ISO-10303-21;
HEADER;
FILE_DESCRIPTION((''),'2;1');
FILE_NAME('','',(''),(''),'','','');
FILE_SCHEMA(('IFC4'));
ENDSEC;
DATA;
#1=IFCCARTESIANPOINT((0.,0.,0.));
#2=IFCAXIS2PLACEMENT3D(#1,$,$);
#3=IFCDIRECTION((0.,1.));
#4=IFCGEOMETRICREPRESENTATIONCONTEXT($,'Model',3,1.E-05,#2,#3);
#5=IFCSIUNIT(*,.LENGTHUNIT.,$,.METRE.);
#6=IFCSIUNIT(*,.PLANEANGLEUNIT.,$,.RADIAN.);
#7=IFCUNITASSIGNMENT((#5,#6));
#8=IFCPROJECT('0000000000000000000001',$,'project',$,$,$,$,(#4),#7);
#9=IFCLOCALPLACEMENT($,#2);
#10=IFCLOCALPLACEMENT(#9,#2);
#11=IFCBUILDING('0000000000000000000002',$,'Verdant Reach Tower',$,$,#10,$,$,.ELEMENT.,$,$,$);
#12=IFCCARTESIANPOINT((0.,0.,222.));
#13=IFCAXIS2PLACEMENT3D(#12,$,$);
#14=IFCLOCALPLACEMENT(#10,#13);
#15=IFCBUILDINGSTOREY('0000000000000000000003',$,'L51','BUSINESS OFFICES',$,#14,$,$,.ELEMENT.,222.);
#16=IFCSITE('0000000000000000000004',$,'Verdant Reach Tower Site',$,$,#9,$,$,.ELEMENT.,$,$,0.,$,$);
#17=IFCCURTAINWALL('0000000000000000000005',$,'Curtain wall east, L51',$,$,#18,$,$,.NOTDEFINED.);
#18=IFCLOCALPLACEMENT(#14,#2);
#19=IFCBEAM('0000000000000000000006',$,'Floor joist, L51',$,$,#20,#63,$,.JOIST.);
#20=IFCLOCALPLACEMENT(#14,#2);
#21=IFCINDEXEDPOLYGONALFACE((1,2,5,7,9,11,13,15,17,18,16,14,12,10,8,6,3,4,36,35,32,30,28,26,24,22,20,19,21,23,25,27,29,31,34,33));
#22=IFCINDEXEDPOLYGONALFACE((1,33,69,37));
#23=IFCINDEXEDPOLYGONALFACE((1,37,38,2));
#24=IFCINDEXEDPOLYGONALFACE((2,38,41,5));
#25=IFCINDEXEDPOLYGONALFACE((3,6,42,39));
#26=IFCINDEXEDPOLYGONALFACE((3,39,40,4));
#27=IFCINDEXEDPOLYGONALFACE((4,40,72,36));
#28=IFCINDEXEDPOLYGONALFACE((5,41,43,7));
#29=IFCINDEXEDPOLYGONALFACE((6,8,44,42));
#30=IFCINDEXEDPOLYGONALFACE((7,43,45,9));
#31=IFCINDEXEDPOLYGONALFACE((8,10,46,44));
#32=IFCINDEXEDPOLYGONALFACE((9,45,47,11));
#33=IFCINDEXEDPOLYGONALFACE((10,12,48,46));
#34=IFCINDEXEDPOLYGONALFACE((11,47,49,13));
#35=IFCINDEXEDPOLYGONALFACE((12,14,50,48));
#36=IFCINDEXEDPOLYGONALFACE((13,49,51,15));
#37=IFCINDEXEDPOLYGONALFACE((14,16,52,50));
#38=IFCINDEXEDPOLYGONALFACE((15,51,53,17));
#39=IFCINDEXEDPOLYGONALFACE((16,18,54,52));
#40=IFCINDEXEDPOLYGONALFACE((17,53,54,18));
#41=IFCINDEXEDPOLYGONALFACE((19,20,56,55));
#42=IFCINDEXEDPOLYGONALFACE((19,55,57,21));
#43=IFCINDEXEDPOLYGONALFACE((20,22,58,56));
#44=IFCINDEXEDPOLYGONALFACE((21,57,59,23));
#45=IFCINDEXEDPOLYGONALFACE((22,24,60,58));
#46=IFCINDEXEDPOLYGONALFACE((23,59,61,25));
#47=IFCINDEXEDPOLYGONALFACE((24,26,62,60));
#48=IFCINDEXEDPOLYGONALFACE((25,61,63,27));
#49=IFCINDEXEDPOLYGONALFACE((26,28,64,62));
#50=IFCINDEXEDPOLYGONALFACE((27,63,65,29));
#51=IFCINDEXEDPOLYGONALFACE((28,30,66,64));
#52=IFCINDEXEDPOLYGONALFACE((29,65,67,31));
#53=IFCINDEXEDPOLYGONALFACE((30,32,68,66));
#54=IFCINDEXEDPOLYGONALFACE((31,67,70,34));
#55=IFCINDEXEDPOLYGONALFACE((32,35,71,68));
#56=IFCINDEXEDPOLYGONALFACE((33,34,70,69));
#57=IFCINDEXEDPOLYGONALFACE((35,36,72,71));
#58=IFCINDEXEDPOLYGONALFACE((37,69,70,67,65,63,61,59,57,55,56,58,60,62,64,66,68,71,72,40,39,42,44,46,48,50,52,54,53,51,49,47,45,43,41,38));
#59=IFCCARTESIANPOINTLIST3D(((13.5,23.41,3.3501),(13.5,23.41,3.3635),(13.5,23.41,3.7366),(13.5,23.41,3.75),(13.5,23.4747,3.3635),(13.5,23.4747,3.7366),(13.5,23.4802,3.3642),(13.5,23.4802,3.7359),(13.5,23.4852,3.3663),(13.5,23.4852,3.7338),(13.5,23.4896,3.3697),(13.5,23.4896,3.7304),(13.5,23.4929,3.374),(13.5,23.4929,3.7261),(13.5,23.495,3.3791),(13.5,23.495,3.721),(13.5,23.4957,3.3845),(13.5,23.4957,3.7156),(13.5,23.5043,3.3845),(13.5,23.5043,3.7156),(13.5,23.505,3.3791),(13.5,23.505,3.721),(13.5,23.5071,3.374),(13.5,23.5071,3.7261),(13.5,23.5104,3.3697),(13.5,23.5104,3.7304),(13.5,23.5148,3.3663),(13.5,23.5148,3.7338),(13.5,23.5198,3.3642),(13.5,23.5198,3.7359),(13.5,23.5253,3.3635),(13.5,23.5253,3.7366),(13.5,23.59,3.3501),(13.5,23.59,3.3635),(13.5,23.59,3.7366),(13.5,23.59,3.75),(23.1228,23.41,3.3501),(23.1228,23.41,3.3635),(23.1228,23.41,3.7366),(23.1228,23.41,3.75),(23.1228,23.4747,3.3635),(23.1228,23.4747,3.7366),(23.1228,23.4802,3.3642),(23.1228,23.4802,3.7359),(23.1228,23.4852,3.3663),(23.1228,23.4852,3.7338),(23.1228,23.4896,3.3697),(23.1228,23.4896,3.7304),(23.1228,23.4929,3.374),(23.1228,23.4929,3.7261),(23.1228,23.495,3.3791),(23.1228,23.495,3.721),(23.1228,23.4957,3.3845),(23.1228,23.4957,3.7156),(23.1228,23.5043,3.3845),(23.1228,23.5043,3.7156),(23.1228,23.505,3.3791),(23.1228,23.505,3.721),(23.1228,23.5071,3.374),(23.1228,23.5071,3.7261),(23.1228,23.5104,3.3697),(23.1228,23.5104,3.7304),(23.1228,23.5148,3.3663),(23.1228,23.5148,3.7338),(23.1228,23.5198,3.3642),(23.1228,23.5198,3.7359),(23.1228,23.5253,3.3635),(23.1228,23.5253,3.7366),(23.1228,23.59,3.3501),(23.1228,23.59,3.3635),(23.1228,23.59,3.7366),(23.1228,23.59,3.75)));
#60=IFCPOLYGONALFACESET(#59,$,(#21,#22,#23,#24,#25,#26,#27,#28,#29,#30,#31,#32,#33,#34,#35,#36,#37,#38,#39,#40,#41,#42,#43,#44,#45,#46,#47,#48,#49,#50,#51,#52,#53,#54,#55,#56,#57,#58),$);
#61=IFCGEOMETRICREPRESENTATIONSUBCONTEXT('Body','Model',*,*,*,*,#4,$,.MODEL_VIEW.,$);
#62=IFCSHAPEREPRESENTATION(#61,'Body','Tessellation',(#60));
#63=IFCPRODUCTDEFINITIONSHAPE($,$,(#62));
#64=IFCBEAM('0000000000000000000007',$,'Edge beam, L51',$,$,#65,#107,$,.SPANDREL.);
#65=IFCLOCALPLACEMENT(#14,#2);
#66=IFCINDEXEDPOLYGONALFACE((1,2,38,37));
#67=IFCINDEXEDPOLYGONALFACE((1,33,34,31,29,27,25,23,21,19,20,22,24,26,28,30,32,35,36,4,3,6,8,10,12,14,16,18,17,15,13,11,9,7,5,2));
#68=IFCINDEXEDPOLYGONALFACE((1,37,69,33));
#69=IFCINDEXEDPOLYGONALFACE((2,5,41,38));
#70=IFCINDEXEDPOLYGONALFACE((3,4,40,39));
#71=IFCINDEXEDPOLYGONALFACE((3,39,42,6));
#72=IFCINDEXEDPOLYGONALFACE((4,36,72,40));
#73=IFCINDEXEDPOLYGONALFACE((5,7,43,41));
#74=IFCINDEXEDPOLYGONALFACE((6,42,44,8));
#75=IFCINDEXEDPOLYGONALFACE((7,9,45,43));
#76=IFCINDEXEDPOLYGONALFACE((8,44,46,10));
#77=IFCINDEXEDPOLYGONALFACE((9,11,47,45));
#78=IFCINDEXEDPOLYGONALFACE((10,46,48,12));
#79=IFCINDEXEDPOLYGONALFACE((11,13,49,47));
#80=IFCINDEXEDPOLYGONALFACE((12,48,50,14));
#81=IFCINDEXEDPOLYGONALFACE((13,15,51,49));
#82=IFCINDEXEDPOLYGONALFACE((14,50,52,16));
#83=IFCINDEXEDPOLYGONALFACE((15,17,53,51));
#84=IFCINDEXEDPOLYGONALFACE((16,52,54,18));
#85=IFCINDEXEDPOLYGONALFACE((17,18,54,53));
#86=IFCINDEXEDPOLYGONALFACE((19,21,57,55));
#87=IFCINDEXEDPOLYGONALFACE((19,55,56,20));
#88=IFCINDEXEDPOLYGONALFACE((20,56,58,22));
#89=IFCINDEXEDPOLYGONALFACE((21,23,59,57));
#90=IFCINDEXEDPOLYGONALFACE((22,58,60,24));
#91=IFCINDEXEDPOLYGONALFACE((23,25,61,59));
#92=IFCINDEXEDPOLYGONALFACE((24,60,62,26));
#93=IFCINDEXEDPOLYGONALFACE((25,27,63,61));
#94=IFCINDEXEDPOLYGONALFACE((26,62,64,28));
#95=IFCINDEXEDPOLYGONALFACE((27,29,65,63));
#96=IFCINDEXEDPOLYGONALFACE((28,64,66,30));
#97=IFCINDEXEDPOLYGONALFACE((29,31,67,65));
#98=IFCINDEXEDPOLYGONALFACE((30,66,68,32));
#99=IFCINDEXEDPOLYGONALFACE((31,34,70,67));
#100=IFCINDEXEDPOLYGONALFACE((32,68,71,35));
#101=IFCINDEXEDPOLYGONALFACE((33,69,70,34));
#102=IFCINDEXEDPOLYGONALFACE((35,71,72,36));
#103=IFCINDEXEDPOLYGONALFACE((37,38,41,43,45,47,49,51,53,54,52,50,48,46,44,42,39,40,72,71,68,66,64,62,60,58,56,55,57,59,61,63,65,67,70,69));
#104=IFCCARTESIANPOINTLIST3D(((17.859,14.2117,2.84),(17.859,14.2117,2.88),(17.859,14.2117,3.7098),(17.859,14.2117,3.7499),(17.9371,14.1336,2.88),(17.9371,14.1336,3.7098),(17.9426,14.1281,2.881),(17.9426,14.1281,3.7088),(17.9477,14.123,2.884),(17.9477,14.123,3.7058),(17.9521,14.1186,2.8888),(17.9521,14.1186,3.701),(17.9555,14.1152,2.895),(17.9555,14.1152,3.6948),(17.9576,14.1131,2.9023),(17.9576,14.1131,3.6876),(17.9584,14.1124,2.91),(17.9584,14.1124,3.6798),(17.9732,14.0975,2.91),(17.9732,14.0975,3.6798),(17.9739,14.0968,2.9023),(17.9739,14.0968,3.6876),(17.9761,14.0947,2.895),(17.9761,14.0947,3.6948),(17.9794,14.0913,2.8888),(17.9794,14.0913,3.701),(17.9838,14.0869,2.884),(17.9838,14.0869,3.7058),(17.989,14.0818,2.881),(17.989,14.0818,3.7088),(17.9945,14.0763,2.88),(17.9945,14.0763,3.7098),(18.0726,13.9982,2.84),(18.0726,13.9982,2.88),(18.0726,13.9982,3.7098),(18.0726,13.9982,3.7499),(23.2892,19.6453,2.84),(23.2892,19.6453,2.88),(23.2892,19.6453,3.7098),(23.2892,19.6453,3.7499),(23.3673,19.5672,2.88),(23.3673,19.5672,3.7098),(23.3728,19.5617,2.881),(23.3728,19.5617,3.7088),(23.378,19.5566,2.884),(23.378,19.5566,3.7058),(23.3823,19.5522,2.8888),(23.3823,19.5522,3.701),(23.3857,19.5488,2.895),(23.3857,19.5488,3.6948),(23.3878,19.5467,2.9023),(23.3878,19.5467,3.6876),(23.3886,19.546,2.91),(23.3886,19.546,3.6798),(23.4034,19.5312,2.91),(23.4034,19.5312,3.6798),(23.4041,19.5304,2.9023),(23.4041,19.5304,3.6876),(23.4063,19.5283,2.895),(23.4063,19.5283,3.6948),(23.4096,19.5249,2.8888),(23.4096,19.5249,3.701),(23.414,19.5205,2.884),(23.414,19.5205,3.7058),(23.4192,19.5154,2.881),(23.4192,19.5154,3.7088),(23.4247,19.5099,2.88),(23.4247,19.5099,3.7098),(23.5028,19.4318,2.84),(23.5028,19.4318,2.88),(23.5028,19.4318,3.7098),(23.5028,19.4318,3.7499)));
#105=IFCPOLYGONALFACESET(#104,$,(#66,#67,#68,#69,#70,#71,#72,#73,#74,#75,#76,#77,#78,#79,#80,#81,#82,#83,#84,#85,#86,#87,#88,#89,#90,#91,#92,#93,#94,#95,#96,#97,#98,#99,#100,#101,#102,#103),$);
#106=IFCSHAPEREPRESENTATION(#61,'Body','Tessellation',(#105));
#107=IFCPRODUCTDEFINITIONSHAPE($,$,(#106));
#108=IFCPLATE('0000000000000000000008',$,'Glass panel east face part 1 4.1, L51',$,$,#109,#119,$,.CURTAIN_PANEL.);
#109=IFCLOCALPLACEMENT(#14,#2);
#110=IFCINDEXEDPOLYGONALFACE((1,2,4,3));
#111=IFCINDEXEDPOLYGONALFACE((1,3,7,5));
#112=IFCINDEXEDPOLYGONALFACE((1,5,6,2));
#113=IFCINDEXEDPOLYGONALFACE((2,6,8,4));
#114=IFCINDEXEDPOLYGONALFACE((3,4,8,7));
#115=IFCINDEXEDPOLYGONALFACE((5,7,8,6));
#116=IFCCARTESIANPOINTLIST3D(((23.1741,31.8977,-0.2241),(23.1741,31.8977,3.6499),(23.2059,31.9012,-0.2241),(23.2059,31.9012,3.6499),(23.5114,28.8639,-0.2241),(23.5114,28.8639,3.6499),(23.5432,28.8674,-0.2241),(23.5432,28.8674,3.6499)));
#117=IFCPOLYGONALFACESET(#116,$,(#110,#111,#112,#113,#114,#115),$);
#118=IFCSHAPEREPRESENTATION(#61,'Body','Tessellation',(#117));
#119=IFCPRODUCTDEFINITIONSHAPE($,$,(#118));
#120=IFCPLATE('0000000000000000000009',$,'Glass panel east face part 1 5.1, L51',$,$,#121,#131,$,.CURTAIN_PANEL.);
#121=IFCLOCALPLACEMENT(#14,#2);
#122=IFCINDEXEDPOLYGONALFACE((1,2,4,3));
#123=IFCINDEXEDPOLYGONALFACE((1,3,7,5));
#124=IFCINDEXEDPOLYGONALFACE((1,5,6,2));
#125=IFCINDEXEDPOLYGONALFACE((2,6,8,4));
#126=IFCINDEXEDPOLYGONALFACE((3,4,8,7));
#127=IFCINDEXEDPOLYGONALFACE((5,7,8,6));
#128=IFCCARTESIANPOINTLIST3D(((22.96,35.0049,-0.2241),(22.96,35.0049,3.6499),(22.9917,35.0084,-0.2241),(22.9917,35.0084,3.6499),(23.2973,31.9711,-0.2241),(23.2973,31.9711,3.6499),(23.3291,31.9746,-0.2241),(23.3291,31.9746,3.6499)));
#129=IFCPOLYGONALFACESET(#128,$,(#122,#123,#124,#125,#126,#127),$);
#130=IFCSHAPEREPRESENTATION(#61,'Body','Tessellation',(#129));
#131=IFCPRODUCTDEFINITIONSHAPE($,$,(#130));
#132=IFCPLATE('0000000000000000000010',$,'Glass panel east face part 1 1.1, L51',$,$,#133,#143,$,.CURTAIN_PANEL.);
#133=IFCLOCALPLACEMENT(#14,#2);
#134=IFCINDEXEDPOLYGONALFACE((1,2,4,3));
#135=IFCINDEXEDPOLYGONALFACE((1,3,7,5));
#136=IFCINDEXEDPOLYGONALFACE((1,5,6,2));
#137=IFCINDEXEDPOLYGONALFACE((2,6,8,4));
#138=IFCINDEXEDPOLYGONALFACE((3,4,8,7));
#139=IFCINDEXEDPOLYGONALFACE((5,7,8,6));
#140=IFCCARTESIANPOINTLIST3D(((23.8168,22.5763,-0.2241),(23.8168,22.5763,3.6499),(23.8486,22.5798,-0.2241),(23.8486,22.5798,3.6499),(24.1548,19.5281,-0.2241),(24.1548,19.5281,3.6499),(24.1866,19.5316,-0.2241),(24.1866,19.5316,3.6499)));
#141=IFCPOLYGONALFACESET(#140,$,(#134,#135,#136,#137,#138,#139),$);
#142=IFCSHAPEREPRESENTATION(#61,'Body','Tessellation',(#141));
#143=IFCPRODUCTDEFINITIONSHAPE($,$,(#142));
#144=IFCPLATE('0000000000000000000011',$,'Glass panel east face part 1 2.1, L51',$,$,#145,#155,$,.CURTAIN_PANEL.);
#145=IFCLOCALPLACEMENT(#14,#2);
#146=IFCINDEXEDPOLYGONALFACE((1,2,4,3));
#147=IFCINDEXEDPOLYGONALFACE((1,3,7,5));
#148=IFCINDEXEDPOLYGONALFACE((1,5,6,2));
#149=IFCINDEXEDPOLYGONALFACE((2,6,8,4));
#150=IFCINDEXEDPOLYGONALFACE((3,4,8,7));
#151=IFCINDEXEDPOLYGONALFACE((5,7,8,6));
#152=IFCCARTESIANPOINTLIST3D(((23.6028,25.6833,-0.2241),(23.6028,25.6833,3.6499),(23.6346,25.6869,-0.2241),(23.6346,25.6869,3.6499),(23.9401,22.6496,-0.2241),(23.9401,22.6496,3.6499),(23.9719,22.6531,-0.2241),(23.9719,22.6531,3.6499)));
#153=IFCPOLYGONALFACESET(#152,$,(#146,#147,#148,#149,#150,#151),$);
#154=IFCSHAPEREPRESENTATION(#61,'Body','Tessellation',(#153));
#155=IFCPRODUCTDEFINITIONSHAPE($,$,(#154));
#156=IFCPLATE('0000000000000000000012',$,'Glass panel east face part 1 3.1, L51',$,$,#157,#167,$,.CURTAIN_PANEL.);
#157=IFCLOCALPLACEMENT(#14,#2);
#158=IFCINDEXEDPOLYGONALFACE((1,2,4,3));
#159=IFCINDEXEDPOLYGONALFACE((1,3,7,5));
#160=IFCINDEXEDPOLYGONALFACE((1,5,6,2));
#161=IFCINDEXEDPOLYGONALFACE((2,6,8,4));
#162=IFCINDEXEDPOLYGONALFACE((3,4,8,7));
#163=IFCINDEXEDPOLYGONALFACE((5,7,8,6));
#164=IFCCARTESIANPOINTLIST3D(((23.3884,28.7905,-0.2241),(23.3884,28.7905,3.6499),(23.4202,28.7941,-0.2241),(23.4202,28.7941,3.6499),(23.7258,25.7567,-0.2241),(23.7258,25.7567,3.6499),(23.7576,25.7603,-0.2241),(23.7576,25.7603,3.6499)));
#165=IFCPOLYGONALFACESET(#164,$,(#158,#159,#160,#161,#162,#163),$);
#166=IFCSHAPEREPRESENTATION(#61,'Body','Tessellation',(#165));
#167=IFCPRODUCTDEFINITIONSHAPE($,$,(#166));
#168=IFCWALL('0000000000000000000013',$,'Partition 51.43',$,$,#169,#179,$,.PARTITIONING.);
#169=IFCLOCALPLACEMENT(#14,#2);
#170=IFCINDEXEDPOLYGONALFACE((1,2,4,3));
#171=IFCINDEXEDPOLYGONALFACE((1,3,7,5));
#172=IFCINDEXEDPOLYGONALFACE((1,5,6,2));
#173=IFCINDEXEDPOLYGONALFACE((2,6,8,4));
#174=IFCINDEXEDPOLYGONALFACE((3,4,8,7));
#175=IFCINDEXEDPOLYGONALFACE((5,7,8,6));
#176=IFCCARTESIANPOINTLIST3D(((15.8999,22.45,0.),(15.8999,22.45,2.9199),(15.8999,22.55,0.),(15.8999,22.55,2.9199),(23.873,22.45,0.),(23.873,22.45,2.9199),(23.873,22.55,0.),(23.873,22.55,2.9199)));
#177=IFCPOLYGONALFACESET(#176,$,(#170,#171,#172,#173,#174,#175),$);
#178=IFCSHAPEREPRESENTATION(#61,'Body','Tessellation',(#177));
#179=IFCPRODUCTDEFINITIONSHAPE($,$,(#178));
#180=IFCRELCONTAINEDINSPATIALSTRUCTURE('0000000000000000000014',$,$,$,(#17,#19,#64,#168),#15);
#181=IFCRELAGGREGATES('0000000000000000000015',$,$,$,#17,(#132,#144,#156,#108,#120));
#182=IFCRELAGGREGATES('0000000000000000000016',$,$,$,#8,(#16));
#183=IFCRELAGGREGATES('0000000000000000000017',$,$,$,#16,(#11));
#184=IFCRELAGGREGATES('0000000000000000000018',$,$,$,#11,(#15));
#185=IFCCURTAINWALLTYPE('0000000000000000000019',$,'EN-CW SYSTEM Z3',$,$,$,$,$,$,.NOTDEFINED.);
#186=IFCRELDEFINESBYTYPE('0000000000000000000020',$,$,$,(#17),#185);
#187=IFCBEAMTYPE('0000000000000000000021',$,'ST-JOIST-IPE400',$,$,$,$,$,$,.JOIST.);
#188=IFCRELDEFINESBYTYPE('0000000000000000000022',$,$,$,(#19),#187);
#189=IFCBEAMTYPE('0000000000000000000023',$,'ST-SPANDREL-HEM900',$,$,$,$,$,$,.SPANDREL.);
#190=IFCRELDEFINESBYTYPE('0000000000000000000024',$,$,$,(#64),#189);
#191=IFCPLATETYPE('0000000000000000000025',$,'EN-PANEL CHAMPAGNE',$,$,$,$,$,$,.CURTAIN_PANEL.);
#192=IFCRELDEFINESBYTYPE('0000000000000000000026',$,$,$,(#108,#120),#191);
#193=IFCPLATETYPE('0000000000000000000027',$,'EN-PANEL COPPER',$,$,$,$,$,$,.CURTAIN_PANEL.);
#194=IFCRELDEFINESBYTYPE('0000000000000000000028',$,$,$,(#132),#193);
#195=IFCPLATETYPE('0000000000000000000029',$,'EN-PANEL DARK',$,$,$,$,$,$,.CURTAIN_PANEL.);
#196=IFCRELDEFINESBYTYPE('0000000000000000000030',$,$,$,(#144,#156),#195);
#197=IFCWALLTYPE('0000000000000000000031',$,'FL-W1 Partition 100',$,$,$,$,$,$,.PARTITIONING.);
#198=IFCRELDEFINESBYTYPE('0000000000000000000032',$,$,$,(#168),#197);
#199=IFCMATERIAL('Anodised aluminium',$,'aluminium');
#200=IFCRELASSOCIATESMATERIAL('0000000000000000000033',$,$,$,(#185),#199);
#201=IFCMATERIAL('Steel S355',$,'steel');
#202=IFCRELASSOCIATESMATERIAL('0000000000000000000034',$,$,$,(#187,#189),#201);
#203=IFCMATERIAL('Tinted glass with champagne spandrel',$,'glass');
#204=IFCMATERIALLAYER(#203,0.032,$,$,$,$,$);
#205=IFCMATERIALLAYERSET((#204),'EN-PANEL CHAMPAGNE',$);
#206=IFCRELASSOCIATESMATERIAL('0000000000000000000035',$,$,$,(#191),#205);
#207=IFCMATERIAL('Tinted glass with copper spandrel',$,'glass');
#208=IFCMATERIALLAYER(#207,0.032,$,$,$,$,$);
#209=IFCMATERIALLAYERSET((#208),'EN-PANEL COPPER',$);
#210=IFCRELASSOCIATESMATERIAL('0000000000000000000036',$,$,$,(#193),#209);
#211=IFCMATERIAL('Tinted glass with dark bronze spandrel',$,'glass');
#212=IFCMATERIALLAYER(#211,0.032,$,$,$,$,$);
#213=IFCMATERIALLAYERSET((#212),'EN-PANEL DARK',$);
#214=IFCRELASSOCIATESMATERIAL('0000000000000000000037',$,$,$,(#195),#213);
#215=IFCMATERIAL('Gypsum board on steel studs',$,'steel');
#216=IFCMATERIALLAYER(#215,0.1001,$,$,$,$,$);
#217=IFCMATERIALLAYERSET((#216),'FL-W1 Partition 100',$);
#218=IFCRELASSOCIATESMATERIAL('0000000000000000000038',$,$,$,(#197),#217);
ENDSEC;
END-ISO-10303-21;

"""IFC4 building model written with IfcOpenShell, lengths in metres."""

from ifc_helpers import new_model, si_unit, direction, frame, frame_2d, origin, origin_2d, place, context, subcontext, project, spatial, rectangle, i_section, extrude, material, layer, layer_set, material_profile, profile_set, type_object, element, aggregate, save


model = new_model("IFC4")

# Units and contexts
model_context = context("Model", 3, precision=1e-05, world=origin(), true_north=direction((0.0, 1.0)))
body_context = subcontext(model_context, "Body", "Model", "MODEL_VIEW")
ifc_project = project(units=[si_unit("LENGTHUNIT", "METRE"), si_unit("PLANEANGLEUNIT", "RADIAN")], contexts=[model_context])

# Site, building, storey
site_placement = place(None, origin())
site = spatial("IfcSite", under=ifc_project, at=site_placement, Name="Verdant Reach Tower Site", CompositionType="ELEMENT", RefElevation=0.0)
building_placement = place(site_placement, origin())
building = spatial("IfcBuilding", under=site, at=building_placement, Name="Verdant Reach Tower", CompositionType="ELEMENT")
storey_placement = place(building_placement, frame((0.0, 0.0, 222.0)))
storey = spatial("IfcBuildingStorey", under=building, at=storey_placement, Name="L51", Description="BUSINESS OFFICES", CompositionType="ELEMENT", Elevation=222.0)

# Curtain wall
ifc_material_1 = material(Name="Anodised aluminium", Category="aluminium")
curtain_wall_type = type_object("IfcCurtainWallType", Name="EN-CW SYSTEM Z3", PredefinedType="NOTDEFINED", material=ifc_material_1)
curtain_wall_placement = place(storey_placement, origin())
curtain_wall = element("IfcCurtainWall", 1, at=curtain_wall_placement, inside=storey, type_object=curtain_wall_type, Name="Curtain wall east, L51", PredefinedType="NOTDEFINED")

# Beams
ifc_material_2 = material(Name="Steel S355", Category="steel")
ifc_material_profile_1 = material_profile(ifc_material_2, i_section(OverallWidth=0.1799, OverallDepth=0.3999, WebThickness=0.0085, FlangeThickness=0.0134, FilletRadius=0.021, at=origin_2d()), Name="IPE 400")
ifc_profile_set_1 = profile_set([ifc_material_profile_1], Name="Steel S355")
beam_type_1 = type_object("IfcBeamType", Name="ST-JOIST-IPE400", PredefinedType="JOIST", material=ifc_profile_set_1)
beam_1_placement = place(storey_placement, frame((13.5, 23.5, 3.55), z_axis=(1.0, 0.0, 0.0), x_axis=(0.0, 1.0, 0.0)))
element("IfcBeam", 2, at=beam_1_placement, inside=storey, type_object=beam_type_1, Name="Floor joist, L51", PredefinedType="JOIST", context=body_context, shape_type="SweptSolid", body=[
    extrude(i_section(OverallWidth=0.1799, OverallDepth=0.3999, WebThickness=0.0085, FlangeThickness=0.0134, FilletRadius=0.021, at=origin_2d()), origin(), (0.0, 0.0, 1.0), 9.6228),
])
ifc_material_profile_2 = material_profile(ifc_material_2, i_section(OverallWidth=0.302, OverallDepth=0.9099, WebThickness=0.021, FlangeThickness=0.04, FilletRadius=0.03, at=origin_2d()), Name="HEM 900")
ifc_profile_set_2 = profile_set([ifc_material_profile_2], Name="Steel S355")
beam_type_2 = type_object("IfcBeamType", Name="ST-SPANDREL-HEM900", PredefinedType="SPANDREL", material=ifc_profile_set_2)
beam_2_placement = place(storey_placement, frame((23.396, 19.5386, 3.2949), z_axis=(-0.706884, -0.707329, 0.0), x_axis=(0.707329, -0.706884, 0.0)))
element("IfcBeam", 3, at=beam_2_placement, inside=storey, type_object=beam_type_2, Name="Edge beam, L51", PredefinedType="SPANDREL", context=body_context, shape_type="SweptSolid", body=[
    extrude(i_section(OverallWidth=0.302, OverallDepth=0.9099, WebThickness=0.021, FlangeThickness=0.04, FilletRadius=0.03, at=origin_2d()), origin(), (0.0, 0.0, 1.0), 7.6819),
])

# Plates
ifc_material_3 = material(Name="Tinted glass with champagne spandrel", Category="glass")
ifc_layer_1 = layer(ifc_material_3, 0.032)
ifc_layer_set_1 = layer_set([ifc_layer_1], Name="EN-PANEL CHAMPAGNE")
plate_type_1 = type_object("IfcPlateType", Name="EN-PANEL CHAMPAGNE", PredefinedType="CURTAIN_PANEL", material=ifc_layer_set_1)
plate_1_placement = place(storey_placement, frame((23.3586, 30.3826, -0.2241), z_axis=(0.0, 0.0, 1.0), x_axis=(-0.110518, 0.993874, 0.0)))
plate_1 = element("IfcPlate", 4, at=plate_1_placement, type_object=plate_type_1, Name="Glass panel east face part 1 4.1, L51", PredefinedType="CURTAIN_PANEL", context=body_context, shape_type="SweptSolid", body=[
    extrude(rectangle(XDim=3.0525, YDim=0.032, at=origin_2d()), origin(), (0.0, 0.0, 1.0), 3.874),
])
plate_2_placement = place(storey_placement, frame((23.1445, 33.4897, -0.2241), z_axis=(0.0, 0.0, 1.0), x_axis=(-0.110518, 0.993874, 0.0)))
plate_2 = element("IfcPlate", 5, at=plate_2_placement, type_object=plate_type_1, Name="Glass panel east face part 1 5.1, L51", PredefinedType="CURTAIN_PANEL", context=body_context, shape_type="SweptSolid", body=[
    extrude(rectangle(XDim=3.0525, YDim=0.032, at=origin_2d()), origin(), (0.0, 0.0, 1.0), 3.874),
])
ifc_material_4 = material(Name="Tinted glass with copper spandrel", Category="glass")
ifc_layer_2 = layer(ifc_material_4, 0.032)
ifc_layer_set_2 = layer_set([ifc_layer_2], Name="EN-PANEL COPPER")
plate_type_2 = type_object("IfcPlateType", Name="EN-PANEL COPPER", PredefinedType="CURTAIN_PANEL", material=ifc_layer_set_2)
plate_3_placement = place(storey_placement, frame((24.0017, 21.054, -0.2241), z_axis=(0.0, 0.0, 1.0), x_axis=(-0.110214, 0.993908, 0.0)))
plate_3 = element("IfcPlate", 6, at=plate_3_placement, type_object=plate_type_2, Name="Glass panel east face part 1 1.1, L51", PredefinedType="CURTAIN_PANEL", context=body_context, shape_type="SweptSolid", body=[
    extrude(rectangle(XDim=3.0669, YDim=0.032, at=origin_2d()), origin(), (0.0, 0.0, 1.0), 3.874),
])
ifc_material_5 = material(Name="Tinted glass with dark bronze spandrel", Category="glass")
ifc_layer_3 = layer(ifc_material_5, 0.032)
ifc_layer_set_3 = layer_set([ifc_layer_3], Name="EN-PANEL DARK")
plate_type_3 = type_object("IfcPlateType", Name="EN-PANEL DARK", PredefinedType="CURTAIN_PANEL", material=ifc_layer_set_3)
plate_4_placement = place(storey_placement, frame((23.7874, 24.1682, -0.2241), z_axis=(0.0, 0.0, 1.0), x_axis=(-0.110518, 0.993874, 0.0)))
plate_4 = element("IfcPlate", 7, at=plate_4_placement, type_object=plate_type_3, Name="Glass panel east face part 1 2.1, L51", PredefinedType="CURTAIN_PANEL", context=body_context, shape_type="SweptSolid", body=[
    extrude(rectangle(XDim=3.0525, YDim=0.032, at=origin_2d()), origin(), (0.0, 0.0, 1.0), 3.874),
])
plate_5_placement = place(storey_placement, frame((23.573, 27.2754, -0.2241), z_axis=(0.0, 0.0, 1.0), x_axis=(-0.110518, 0.993874, 0.0)))
plate_5 = element("IfcPlate", 8, at=plate_5_placement, type_object=plate_type_3, Name="Glass panel east face part 1 3.1, L51", PredefinedType="CURTAIN_PANEL", context=body_context, shape_type="SweptSolid", body=[
    extrude(rectangle(XDim=3.0525, YDim=0.032, at=origin_2d()), origin(), (0.0, 0.0, 1.0), 3.874),
])
aggregate(curtain_wall, [plate_3, plate_4, plate_5, plate_1, plate_2])

# Wall
ifc_material_6 = material(Name="Gypsum board on steel studs", Category="steel")
ifc_layer_4 = layer(ifc_material_6, 0.1001)
ifc_layer_set_4 = layer_set([ifc_layer_4], Name="FL-W1 Partition 100")
wall_type_1 = type_object("IfcWallType", Name="FL-W1 Partition 100", PredefinedType="PARTITIONING", material=ifc_layer_set_4)
wall_1_placement = place(storey_placement, frame((23.873, 22.5, 0.0), z_axis=(0.0, 0.0, 1.0), x_axis=(-1.0, 0.0, 0.0)))
element("IfcWall", 9, at=wall_1_placement, inside=storey, type_object=wall_type_1, Name="Partition 51.43", PredefinedType="PARTITIONING", context=body_context, shape_type="SweptSolid", body=[
    extrude(rectangle(XDim=7.9731, YDim=0.1001, at=frame_2d((3.9866, 0.0))), origin(), (0.0, 0.0, 1.0), 2.9199),
])

save(model, "model.ifc")
